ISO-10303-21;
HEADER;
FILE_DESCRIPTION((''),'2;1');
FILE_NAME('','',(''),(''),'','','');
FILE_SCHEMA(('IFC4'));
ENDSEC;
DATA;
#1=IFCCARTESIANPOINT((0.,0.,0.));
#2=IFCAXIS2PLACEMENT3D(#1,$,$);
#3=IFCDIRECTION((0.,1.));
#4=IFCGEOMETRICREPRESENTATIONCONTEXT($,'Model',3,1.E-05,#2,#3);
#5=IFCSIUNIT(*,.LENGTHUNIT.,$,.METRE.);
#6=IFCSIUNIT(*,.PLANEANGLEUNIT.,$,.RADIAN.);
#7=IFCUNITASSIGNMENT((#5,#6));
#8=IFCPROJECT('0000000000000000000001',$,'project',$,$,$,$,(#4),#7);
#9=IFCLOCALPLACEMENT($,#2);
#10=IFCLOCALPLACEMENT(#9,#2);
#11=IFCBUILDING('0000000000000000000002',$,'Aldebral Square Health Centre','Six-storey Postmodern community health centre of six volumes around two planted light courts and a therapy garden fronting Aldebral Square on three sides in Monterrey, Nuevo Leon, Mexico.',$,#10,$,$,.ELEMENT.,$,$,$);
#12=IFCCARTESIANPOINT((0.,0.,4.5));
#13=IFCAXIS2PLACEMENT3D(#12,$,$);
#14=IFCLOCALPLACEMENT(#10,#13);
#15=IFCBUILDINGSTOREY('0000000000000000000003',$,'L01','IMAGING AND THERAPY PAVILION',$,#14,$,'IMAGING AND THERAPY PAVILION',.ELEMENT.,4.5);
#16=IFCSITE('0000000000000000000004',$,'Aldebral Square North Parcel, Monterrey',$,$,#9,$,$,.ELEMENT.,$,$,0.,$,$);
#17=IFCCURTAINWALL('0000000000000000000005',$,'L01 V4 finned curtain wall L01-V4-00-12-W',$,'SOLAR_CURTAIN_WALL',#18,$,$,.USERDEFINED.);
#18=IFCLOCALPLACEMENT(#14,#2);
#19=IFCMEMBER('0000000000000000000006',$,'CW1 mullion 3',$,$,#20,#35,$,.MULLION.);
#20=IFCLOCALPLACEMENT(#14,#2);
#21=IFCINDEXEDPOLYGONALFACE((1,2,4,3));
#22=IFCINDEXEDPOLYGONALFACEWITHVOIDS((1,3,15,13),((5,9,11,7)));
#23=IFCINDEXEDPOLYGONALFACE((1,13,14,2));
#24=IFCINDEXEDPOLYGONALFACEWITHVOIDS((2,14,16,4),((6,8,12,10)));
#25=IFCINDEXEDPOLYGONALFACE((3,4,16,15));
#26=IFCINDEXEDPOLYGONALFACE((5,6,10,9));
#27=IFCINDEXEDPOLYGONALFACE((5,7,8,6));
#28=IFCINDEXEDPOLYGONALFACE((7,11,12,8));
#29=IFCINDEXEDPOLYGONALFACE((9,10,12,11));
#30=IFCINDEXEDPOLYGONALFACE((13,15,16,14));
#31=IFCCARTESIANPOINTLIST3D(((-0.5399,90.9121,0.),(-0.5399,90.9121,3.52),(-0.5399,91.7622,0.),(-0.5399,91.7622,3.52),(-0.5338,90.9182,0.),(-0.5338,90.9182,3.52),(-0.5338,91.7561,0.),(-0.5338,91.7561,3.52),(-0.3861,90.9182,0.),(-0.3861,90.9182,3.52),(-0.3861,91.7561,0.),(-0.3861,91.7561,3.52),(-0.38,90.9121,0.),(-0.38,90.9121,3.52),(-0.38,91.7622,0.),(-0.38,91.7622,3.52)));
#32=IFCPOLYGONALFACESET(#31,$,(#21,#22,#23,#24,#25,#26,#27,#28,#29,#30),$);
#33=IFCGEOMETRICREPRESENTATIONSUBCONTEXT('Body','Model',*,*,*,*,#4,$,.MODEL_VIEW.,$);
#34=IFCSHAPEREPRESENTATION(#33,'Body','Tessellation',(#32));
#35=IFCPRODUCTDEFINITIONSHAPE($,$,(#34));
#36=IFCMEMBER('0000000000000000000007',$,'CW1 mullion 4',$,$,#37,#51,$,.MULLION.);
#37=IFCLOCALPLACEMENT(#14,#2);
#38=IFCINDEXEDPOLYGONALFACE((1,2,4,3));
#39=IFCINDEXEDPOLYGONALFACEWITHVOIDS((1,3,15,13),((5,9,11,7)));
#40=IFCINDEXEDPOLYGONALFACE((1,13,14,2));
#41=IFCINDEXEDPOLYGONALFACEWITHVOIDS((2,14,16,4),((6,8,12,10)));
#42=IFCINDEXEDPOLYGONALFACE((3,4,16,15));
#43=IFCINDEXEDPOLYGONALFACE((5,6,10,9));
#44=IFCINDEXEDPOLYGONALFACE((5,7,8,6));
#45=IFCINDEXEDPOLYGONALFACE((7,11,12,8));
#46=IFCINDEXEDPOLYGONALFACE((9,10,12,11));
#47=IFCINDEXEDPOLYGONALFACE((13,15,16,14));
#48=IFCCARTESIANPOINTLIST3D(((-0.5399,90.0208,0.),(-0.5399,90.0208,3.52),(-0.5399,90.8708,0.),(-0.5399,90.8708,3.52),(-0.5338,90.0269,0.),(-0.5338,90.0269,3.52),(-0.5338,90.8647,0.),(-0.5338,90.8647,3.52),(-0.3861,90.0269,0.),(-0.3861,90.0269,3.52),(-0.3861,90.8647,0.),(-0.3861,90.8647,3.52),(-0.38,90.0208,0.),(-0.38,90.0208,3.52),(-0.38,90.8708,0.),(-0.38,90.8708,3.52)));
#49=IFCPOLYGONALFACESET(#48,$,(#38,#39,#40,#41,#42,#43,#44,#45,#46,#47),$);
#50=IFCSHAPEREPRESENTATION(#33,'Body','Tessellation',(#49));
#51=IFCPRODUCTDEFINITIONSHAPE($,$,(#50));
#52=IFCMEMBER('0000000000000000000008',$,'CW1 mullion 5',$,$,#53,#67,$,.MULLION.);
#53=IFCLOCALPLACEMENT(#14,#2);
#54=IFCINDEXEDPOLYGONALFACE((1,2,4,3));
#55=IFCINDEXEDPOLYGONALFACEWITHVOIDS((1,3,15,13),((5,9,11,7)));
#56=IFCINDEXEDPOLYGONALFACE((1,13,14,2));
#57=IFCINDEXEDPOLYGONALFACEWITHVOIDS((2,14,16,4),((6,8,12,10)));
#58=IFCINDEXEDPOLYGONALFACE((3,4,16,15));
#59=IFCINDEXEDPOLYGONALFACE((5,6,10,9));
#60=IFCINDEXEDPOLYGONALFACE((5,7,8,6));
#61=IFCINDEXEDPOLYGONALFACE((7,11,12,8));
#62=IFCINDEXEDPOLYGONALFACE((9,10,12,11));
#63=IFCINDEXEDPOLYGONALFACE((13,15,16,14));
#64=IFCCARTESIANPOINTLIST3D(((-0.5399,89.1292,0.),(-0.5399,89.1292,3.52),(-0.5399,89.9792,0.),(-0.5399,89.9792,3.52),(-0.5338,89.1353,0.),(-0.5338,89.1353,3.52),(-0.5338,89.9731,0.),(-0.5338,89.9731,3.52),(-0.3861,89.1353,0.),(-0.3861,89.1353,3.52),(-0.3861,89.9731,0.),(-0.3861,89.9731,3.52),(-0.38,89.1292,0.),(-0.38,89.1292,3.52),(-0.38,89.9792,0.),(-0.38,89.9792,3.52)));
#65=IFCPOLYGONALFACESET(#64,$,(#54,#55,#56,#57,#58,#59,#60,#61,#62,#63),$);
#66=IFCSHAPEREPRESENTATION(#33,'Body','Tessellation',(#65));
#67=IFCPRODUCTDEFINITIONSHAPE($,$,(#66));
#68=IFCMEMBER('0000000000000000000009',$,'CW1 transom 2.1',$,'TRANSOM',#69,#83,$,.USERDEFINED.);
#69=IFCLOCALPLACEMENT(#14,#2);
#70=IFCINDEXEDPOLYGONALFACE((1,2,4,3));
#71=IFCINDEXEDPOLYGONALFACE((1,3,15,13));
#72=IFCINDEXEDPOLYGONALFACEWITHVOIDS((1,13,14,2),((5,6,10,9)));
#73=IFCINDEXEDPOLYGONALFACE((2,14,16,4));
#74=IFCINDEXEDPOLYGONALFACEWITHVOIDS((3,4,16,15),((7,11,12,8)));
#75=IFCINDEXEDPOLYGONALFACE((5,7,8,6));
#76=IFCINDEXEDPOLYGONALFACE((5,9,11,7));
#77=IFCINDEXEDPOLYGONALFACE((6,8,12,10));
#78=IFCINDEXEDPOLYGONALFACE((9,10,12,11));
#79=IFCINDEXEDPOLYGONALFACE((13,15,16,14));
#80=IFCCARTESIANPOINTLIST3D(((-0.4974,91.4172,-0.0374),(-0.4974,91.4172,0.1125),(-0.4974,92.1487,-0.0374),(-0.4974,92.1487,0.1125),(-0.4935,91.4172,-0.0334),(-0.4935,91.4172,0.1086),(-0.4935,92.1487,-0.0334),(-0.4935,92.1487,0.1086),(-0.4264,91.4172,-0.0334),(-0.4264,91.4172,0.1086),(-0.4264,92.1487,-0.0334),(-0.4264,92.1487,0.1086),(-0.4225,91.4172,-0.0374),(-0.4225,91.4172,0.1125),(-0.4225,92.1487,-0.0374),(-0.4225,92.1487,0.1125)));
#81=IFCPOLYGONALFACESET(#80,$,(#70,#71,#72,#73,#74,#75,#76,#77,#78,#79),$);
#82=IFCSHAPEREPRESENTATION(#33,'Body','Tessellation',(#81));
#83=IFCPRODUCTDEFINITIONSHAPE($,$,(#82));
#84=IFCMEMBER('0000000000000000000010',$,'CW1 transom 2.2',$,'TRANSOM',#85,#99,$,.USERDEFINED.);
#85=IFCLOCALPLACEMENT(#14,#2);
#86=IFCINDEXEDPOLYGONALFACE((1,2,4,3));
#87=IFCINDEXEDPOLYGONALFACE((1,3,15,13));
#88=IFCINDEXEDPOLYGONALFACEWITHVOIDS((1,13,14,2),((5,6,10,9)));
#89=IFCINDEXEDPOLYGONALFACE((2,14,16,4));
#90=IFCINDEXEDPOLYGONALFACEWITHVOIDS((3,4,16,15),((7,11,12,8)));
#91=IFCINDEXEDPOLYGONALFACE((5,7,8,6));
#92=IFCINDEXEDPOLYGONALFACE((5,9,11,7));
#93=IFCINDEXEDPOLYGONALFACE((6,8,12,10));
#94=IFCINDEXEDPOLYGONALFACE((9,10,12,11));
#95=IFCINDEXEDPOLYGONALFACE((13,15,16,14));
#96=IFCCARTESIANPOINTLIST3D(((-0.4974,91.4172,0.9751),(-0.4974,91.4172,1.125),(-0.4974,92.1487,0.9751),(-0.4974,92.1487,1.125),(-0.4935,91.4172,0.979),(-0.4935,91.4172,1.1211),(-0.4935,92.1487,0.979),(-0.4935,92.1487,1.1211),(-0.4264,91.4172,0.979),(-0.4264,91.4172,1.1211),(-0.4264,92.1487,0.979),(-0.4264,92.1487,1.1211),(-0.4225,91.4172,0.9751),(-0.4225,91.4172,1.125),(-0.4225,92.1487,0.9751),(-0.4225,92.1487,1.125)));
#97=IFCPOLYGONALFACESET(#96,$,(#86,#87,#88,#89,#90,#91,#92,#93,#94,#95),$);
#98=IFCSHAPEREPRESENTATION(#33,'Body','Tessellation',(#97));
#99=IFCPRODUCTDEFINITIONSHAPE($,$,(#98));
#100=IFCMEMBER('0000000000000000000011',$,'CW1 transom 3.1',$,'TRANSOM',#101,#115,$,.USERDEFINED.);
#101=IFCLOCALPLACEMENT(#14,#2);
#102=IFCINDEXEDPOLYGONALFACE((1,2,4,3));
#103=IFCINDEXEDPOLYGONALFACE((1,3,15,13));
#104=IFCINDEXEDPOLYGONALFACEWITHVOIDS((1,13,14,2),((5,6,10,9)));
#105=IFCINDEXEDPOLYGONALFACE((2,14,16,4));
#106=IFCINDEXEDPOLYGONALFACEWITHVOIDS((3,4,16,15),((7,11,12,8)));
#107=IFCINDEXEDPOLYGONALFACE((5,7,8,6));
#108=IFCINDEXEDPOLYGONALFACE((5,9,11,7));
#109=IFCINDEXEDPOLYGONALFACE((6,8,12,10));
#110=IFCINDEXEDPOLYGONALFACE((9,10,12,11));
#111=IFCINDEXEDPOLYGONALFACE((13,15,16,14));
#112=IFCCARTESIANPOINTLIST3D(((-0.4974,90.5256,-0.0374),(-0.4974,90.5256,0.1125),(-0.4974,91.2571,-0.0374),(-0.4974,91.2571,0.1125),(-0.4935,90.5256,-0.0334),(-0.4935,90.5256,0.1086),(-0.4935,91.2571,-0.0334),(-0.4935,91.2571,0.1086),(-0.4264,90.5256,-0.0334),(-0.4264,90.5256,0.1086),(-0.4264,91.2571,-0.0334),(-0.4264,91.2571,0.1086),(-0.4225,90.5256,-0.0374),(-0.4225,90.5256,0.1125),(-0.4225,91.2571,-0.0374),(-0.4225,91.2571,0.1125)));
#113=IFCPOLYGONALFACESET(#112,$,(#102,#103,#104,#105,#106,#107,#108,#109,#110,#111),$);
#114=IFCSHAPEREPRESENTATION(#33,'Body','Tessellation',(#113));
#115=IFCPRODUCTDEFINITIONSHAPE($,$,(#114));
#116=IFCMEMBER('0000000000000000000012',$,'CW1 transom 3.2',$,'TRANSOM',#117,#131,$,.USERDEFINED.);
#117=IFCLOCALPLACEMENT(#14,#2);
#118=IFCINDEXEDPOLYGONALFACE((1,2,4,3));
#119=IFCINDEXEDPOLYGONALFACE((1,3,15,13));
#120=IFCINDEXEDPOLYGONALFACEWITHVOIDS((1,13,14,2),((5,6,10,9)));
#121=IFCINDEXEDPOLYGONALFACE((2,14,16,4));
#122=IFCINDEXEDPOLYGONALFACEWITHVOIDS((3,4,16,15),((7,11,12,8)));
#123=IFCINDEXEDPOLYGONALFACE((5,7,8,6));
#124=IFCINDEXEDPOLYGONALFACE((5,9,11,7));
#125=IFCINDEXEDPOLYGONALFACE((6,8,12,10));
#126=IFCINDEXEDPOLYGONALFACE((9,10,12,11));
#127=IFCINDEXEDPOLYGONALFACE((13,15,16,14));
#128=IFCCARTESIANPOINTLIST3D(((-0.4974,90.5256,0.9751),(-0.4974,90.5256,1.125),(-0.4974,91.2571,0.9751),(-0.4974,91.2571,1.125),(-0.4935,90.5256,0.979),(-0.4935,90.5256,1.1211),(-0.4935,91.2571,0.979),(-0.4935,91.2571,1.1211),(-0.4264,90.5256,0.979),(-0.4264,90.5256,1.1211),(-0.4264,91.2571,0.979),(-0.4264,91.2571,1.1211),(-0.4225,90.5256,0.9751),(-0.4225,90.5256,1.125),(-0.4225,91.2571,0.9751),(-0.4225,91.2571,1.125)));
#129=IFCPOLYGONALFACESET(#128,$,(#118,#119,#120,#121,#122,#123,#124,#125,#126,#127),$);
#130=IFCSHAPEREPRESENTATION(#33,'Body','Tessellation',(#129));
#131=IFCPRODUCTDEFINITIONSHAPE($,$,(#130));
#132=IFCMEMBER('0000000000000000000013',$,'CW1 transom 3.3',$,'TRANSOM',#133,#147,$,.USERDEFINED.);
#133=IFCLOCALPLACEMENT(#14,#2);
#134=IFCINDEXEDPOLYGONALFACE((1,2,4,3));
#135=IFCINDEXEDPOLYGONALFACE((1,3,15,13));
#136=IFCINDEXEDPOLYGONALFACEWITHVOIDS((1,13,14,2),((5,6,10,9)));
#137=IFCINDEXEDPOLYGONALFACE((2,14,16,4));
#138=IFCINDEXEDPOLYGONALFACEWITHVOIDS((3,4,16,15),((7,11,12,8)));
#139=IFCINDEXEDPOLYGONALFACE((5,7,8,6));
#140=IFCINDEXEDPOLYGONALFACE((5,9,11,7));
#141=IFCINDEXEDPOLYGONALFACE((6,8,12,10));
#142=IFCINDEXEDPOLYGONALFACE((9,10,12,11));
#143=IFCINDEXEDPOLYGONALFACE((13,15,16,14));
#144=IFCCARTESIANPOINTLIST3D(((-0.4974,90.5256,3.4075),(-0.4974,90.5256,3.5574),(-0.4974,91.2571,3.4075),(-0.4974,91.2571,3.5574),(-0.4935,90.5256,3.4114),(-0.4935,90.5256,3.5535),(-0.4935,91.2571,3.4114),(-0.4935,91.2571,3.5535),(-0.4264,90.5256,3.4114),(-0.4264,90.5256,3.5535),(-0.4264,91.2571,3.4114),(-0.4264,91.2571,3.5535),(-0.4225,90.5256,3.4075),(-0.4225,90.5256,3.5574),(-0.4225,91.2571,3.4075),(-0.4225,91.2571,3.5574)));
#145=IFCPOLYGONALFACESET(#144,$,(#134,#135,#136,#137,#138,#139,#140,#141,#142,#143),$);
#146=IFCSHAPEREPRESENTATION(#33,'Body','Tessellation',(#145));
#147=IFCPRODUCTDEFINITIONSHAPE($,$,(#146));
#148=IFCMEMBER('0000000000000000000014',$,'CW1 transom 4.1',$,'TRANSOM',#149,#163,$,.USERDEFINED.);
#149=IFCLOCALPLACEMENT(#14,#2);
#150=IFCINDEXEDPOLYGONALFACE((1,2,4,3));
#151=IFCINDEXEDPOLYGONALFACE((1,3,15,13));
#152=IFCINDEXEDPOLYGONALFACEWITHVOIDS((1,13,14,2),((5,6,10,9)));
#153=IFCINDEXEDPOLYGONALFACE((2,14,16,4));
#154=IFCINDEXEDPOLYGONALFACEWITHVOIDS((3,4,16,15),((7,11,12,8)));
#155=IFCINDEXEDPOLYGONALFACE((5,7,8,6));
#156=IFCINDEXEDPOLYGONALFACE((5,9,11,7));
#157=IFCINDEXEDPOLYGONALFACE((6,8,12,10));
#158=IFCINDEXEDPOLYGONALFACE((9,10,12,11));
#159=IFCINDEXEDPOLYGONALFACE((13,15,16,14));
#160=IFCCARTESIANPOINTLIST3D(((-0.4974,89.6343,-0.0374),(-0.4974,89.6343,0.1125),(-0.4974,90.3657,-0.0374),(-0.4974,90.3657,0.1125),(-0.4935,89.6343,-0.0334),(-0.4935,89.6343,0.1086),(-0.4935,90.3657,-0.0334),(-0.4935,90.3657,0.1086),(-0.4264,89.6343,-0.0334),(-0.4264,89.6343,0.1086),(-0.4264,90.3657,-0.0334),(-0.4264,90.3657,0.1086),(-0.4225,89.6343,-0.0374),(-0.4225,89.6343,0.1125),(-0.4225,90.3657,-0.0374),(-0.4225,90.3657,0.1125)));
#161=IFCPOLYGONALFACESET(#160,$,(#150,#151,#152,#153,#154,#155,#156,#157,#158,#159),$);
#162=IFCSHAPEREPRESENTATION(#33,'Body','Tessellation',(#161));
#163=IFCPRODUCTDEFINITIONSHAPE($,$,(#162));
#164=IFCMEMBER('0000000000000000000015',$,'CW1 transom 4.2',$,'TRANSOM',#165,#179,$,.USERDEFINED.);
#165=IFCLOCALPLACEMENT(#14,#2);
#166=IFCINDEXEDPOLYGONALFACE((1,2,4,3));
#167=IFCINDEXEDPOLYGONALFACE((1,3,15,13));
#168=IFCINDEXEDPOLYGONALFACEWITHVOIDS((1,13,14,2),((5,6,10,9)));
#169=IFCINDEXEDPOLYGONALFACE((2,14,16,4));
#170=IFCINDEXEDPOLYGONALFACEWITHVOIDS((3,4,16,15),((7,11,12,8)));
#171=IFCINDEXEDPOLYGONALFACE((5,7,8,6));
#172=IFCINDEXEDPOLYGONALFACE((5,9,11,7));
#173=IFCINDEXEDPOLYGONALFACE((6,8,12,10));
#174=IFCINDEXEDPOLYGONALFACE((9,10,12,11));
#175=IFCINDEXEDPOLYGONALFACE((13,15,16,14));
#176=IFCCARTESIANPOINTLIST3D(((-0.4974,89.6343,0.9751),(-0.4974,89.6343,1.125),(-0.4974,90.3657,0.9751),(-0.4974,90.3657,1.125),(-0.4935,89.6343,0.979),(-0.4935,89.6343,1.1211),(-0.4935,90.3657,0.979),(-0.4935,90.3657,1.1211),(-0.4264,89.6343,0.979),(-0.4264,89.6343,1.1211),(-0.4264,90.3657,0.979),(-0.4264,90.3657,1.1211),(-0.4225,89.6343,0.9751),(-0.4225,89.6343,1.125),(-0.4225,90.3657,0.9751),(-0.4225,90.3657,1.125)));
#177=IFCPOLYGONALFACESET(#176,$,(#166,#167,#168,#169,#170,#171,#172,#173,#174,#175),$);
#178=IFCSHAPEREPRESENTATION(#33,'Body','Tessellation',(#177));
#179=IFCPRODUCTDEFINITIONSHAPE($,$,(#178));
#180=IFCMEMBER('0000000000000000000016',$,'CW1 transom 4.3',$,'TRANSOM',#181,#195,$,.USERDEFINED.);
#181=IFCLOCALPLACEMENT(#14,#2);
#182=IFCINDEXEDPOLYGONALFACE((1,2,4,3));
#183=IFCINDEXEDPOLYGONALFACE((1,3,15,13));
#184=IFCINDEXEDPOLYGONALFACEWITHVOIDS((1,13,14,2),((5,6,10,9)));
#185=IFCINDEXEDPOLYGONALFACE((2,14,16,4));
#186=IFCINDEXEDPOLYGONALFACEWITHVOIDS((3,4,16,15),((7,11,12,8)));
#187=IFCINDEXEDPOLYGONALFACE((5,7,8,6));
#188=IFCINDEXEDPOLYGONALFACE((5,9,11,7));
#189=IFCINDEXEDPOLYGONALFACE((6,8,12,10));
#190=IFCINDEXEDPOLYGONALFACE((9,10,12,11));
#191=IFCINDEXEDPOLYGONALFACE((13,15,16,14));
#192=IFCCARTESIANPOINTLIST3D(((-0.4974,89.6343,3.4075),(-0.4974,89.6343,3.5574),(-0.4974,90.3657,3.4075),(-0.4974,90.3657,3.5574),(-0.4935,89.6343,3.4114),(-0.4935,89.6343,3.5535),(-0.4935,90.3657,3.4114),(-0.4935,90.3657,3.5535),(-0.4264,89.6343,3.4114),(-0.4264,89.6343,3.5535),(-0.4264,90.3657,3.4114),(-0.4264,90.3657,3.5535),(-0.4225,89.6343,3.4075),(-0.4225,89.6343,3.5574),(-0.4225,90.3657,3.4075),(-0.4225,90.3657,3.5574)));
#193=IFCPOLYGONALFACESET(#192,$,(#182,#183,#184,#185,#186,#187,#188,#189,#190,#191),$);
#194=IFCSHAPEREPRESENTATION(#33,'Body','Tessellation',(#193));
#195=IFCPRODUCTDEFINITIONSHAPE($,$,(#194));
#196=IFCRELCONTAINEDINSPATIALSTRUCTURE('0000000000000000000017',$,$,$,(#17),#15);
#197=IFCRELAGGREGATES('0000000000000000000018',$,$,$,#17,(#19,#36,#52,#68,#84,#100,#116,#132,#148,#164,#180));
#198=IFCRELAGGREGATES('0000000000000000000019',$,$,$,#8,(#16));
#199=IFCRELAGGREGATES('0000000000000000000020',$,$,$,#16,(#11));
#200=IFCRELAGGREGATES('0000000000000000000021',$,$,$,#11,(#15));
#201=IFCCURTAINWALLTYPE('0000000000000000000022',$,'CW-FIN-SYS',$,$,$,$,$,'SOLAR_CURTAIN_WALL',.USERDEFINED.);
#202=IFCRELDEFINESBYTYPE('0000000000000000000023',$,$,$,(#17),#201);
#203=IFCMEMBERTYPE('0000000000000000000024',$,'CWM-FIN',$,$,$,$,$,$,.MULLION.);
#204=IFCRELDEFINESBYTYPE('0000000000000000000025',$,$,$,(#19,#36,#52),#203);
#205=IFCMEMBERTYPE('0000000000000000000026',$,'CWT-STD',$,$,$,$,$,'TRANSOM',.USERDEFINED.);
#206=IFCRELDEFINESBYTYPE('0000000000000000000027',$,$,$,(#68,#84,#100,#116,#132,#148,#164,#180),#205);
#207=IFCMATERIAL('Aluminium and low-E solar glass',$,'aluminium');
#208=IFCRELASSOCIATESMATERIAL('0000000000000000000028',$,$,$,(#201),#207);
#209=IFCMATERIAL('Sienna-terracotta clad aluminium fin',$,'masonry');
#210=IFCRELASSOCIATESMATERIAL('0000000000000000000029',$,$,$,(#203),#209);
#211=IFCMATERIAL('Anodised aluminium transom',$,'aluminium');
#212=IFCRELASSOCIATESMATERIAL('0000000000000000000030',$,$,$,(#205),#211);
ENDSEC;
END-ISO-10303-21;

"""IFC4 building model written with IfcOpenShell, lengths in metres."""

from ifc_helpers import new_model, si_unit, direction, frame, origin, origin_2d, place, context, subcontext, project, spatial, hollow_rectangle, extrude, material, material_profile, profile_set, type_object, element, aggregate, save


model = new_model("IFC4")

# Units and contexts
model_context = context("Model", 3, precision=1e-05, world=origin(), true_north=direction((0.0, 1.0)))
body_context = subcontext(model_context, "Body", "Model", "MODEL_VIEW")
ifc_project = project(units=[si_unit("LENGTHUNIT", "METRE"), si_unit("PLANEANGLEUNIT", "RADIAN")], contexts=[model_context])

# Site, building, storey
site_placement = place(None, origin())
site = spatial("IfcSite", under=ifc_project, at=site_placement, Name="Aldebral Square North Parcel, Monterrey", CompositionType="ELEMENT", RefElevation=0.0)
building_placement = place(site_placement, origin())
building = spatial("IfcBuilding", under=site, at=building_placement, Name="Aldebral Square Health Centre", Description="Six-storey Postmodern community health centre of six volumes around two planted light courts and a therapy garden fronting Aldebral Square on three sides in Monterrey, Nuevo Leon, Mexico.", CompositionType="ELEMENT")
storey_placement = place(building_placement, frame((0.0, 0.0, 4.5)))
storey = spatial("IfcBuildingStorey", under=building, at=storey_placement, Name="L01", Description="IMAGING AND THERAPY PAVILION", LongName="IMAGING AND THERAPY PAVILION", CompositionType="ELEMENT", Elevation=4.5)

# Curtain wall, members
ifc_material_1 = material(Name="Aluminium and low-E solar glass", Category="aluminium")
curtain_wall_type = type_object("IfcCurtainWallType", Name="CW-FIN-SYS", ElementType="SOLAR_CURTAIN_WALL", PredefinedType="USERDEFINED", material=ifc_material_1)
curtain_wall_placement = place(storey_placement, origin())
curtain_wall = element("IfcCurtainWall", 1, at=curtain_wall_placement, inside=storey, type_object=curtain_wall_type, Name="L01 V4 finned curtain wall L01-V4-00-12-W", ObjectType="SOLAR_CURTAIN_WALL", PredefinedType="USERDEFINED")
ifc_material_2 = material(Name="Sienna-terracotta clad aluminium fin", Category="masonry")
ifc_material_profile_1 = material_profile(ifc_material_2, hollow_rectangle(XDim=0.1599, YDim=0.8501, WallThickness=0.0061, at=origin_2d()), Name="FIN 160x850x6")
ifc_profile_set_1 = profile_set([ifc_material_profile_1], Name="Sienna-terracotta clad aluminium fin")
member_type_1 = type_object("IfcMemberType", Name="CWM-FIN", PredefinedType="MULLION", material=ifc_profile_set_1)
member_1_placement = place(storey_placement, frame((-0.46, 91.3372, 0.0), z_axis=(0.0, 0.0, 1.0), x_axis=(1.0, 0.0, 0.0)))
member_1 = element("IfcMember", 2, at=member_1_placement, type_object=member_type_1, Name="CW1 mullion 3", PredefinedType="MULLION", context=body_context, shape_type="SweptSolid", body=[
    extrude(hollow_rectangle(XDim=0.1599, YDim=0.8501, WallThickness=0.0061, at=origin_2d()), origin(), (0.0, 0.0, 1.0), 3.52),
])
member_2_placement = place(storey_placement, frame((-0.46, 90.4458, 0.0), z_axis=(0.0, 0.0, 1.0), x_axis=(1.0, 0.0, 0.0)))
member_2 = element("IfcMember", 3, at=member_2_placement, type_object=member_type_1, Name="CW1 mullion 4", PredefinedType="MULLION", context=body_context, shape_type="SweptSolid", body=[
    extrude(hollow_rectangle(XDim=0.1599, YDim=0.8501, WallThickness=0.0061, at=origin_2d()), origin(), (0.0, 0.0, 1.0), 3.52),
])
member_3_placement = place(storey_placement, frame((-0.46, 89.5542, 0.0), z_axis=(0.0, 0.0, 1.0), x_axis=(1.0, 0.0, 0.0)))
member_3 = element("IfcMember", 4, at=member_3_placement, type_object=member_type_1, Name="CW1 mullion 5", PredefinedType="MULLION", context=body_context, shape_type="SweptSolid", body=[
    extrude(hollow_rectangle(XDim=0.1599, YDim=0.8501, WallThickness=0.0061, at=origin_2d()), origin(), (0.0, 0.0, 1.0), 3.52),
])
ifc_material_3 = material(Name="Anodised aluminium transom", Category="aluminium")
ifc_material_profile_2 = material_profile(ifc_material_3, hollow_rectangle(XDim=0.075, YDim=0.1499, WallThickness=0.0039, at=origin_2d()), Name="CWT 75x150x4")
ifc_profile_set_2 = profile_set([ifc_material_profile_2], Name="Anodised aluminium transom")
member_type_2 = type_object("IfcMemberType", Name="CWT-STD", ElementType="TRANSOM", PredefinedType="USERDEFINED", material=ifc_profile_set_2)
member_4_placement = place(storey_placement, frame((-0.46, 92.1487, 0.0376), z_axis=(0.0, -1.0, 0.0), x_axis=(1.0, 0.0, 0.0)))
member_4 = element("IfcMember", 5, at=member_4_placement, type_object=member_type_2, Name="CW1 transom 2.1", ObjectType="TRANSOM", PredefinedType="USERDEFINED", context=body_context, shape_type="SweptSolid", body=[
    extrude(hollow_rectangle(XDim=0.075, YDim=0.1499, WallThickness=0.0039, at=origin_2d()), origin(), (0.0, 0.0, 1.0), 0.7314),
])
member_5_placement = place(storey_placement, frame((-0.46, 92.1487, 1.05), z_axis=(0.0, -1.0, 0.0), x_axis=(1.0, 0.0, 0.0)))
member_5 = element("IfcMember", 6, at=member_5_placement, type_object=member_type_2, Name="CW1 transom 2.2", ObjectType="TRANSOM", PredefinedType="USERDEFINED", context=body_context, shape_type="SweptSolid", body=[
    extrude(hollow_rectangle(XDim=0.075, YDim=0.1499, WallThickness=0.0039, at=origin_2d()), origin(), (0.0, 0.0, 1.0), 0.7314),
])
member_6_placement = place(storey_placement, frame((-0.46, 91.2571, 0.0376), z_axis=(0.0, -1.0, 0.0), x_axis=(1.0, 0.0, 0.0)))
member_6 = element("IfcMember", 7, at=member_6_placement, type_object=member_type_2, Name="CW1 transom 3.1", ObjectType="TRANSOM", PredefinedType="USERDEFINED", context=body_context, shape_type="SweptSolid", body=[
    extrude(hollow_rectangle(XDim=0.075, YDim=0.1499, WallThickness=0.0039, at=origin_2d()), origin(), (0.0, 0.0, 1.0), 0.7314),
])
member_7_placement = place(storey_placement, frame((-0.46, 91.2571, 1.05), z_axis=(0.0, -1.0, 0.0), x_axis=(1.0, 0.0, 0.0)))
member_7 = element("IfcMember", 8, at=member_7_placement, type_object=member_type_2, Name="CW1 transom 3.2", ObjectType="TRANSOM", PredefinedType="USERDEFINED", context=body_context, shape_type="SweptSolid", body=[
    extrude(hollow_rectangle(XDim=0.075, YDim=0.1499, WallThickness=0.0039, at=origin_2d()), origin(), (0.0, 0.0, 1.0), 0.7314),
])
member_8_placement = place(storey_placement, frame((-0.46, 91.2571, 3.4824), z_axis=(0.0, -1.0, 0.0), x_axis=(1.0, 0.0, 0.0)))
member_8 = element("IfcMember", 9, at=member_8_placement, type_object=member_type_2, Name="CW1 transom 3.3", ObjectType="TRANSOM", PredefinedType="USERDEFINED", context=body_context, shape_type="SweptSolid", body=[
    extrude(hollow_rectangle(XDim=0.075, YDim=0.1499, WallThickness=0.0039, at=origin_2d()), origin(), (0.0, 0.0, 1.0), 0.7314),
])
member_9_placement = place(storey_placement, frame((-0.46, 90.3657, 0.0376), z_axis=(0.0, -1.0, 0.0), x_axis=(1.0, 0.0, 0.0)))
member_9 = element("IfcMember", 10, at=member_9_placement, type_object=member_type_2, Name="CW1 transom 4.1", ObjectType="TRANSOM", PredefinedType="USERDEFINED", context=body_context, shape_type="SweptSolid", body=[
    extrude(hollow_rectangle(XDim=0.075, YDim=0.1499, WallThickness=0.0039, at=origin_2d()), origin(), (0.0, 0.0, 1.0), 0.7314),
])
member_10_placement = place(storey_placement, frame((-0.46, 90.3657, 1.05), z_axis=(0.0, -1.0, 0.0), x_axis=(1.0, 0.0, 0.0)))
member_10 = element("IfcMember", 11, at=member_10_placement, type_object=member_type_2, Name="CW1 transom 4.2", ObjectType="TRANSOM", PredefinedType="USERDEFINED", context=body_context, shape_type="SweptSolid", body=[
    extrude(hollow_rectangle(XDim=0.075, YDim=0.1499, WallThickness=0.0039, at=origin_2d()), origin(), (0.0, 0.0, 1.0), 0.7314),
])
member_11_placement = place(storey_placement, frame((-0.46, 90.3657, 3.4824), z_axis=(0.0, -1.0, 0.0), x_axis=(1.0, 0.0, 0.0)))
member_11 = element("IfcMember", 12, at=member_11_placement, type_object=member_type_2, Name="CW1 transom 4.3", ObjectType="TRANSOM", PredefinedType="USERDEFINED", context=body_context, shape_type="SweptSolid", body=[
    extrude(hollow_rectangle(XDim=0.075, YDim=0.1499, WallThickness=0.0039, at=origin_2d()), origin(), (0.0, 0.0, 1.0), 0.7314),
])
aggregate(curtain_wall, [member_1, member_2, member_3, member_4, member_5, member_6, member_7, member_8, member_9, member_10, member_11])

save(model, "model.ifc")
